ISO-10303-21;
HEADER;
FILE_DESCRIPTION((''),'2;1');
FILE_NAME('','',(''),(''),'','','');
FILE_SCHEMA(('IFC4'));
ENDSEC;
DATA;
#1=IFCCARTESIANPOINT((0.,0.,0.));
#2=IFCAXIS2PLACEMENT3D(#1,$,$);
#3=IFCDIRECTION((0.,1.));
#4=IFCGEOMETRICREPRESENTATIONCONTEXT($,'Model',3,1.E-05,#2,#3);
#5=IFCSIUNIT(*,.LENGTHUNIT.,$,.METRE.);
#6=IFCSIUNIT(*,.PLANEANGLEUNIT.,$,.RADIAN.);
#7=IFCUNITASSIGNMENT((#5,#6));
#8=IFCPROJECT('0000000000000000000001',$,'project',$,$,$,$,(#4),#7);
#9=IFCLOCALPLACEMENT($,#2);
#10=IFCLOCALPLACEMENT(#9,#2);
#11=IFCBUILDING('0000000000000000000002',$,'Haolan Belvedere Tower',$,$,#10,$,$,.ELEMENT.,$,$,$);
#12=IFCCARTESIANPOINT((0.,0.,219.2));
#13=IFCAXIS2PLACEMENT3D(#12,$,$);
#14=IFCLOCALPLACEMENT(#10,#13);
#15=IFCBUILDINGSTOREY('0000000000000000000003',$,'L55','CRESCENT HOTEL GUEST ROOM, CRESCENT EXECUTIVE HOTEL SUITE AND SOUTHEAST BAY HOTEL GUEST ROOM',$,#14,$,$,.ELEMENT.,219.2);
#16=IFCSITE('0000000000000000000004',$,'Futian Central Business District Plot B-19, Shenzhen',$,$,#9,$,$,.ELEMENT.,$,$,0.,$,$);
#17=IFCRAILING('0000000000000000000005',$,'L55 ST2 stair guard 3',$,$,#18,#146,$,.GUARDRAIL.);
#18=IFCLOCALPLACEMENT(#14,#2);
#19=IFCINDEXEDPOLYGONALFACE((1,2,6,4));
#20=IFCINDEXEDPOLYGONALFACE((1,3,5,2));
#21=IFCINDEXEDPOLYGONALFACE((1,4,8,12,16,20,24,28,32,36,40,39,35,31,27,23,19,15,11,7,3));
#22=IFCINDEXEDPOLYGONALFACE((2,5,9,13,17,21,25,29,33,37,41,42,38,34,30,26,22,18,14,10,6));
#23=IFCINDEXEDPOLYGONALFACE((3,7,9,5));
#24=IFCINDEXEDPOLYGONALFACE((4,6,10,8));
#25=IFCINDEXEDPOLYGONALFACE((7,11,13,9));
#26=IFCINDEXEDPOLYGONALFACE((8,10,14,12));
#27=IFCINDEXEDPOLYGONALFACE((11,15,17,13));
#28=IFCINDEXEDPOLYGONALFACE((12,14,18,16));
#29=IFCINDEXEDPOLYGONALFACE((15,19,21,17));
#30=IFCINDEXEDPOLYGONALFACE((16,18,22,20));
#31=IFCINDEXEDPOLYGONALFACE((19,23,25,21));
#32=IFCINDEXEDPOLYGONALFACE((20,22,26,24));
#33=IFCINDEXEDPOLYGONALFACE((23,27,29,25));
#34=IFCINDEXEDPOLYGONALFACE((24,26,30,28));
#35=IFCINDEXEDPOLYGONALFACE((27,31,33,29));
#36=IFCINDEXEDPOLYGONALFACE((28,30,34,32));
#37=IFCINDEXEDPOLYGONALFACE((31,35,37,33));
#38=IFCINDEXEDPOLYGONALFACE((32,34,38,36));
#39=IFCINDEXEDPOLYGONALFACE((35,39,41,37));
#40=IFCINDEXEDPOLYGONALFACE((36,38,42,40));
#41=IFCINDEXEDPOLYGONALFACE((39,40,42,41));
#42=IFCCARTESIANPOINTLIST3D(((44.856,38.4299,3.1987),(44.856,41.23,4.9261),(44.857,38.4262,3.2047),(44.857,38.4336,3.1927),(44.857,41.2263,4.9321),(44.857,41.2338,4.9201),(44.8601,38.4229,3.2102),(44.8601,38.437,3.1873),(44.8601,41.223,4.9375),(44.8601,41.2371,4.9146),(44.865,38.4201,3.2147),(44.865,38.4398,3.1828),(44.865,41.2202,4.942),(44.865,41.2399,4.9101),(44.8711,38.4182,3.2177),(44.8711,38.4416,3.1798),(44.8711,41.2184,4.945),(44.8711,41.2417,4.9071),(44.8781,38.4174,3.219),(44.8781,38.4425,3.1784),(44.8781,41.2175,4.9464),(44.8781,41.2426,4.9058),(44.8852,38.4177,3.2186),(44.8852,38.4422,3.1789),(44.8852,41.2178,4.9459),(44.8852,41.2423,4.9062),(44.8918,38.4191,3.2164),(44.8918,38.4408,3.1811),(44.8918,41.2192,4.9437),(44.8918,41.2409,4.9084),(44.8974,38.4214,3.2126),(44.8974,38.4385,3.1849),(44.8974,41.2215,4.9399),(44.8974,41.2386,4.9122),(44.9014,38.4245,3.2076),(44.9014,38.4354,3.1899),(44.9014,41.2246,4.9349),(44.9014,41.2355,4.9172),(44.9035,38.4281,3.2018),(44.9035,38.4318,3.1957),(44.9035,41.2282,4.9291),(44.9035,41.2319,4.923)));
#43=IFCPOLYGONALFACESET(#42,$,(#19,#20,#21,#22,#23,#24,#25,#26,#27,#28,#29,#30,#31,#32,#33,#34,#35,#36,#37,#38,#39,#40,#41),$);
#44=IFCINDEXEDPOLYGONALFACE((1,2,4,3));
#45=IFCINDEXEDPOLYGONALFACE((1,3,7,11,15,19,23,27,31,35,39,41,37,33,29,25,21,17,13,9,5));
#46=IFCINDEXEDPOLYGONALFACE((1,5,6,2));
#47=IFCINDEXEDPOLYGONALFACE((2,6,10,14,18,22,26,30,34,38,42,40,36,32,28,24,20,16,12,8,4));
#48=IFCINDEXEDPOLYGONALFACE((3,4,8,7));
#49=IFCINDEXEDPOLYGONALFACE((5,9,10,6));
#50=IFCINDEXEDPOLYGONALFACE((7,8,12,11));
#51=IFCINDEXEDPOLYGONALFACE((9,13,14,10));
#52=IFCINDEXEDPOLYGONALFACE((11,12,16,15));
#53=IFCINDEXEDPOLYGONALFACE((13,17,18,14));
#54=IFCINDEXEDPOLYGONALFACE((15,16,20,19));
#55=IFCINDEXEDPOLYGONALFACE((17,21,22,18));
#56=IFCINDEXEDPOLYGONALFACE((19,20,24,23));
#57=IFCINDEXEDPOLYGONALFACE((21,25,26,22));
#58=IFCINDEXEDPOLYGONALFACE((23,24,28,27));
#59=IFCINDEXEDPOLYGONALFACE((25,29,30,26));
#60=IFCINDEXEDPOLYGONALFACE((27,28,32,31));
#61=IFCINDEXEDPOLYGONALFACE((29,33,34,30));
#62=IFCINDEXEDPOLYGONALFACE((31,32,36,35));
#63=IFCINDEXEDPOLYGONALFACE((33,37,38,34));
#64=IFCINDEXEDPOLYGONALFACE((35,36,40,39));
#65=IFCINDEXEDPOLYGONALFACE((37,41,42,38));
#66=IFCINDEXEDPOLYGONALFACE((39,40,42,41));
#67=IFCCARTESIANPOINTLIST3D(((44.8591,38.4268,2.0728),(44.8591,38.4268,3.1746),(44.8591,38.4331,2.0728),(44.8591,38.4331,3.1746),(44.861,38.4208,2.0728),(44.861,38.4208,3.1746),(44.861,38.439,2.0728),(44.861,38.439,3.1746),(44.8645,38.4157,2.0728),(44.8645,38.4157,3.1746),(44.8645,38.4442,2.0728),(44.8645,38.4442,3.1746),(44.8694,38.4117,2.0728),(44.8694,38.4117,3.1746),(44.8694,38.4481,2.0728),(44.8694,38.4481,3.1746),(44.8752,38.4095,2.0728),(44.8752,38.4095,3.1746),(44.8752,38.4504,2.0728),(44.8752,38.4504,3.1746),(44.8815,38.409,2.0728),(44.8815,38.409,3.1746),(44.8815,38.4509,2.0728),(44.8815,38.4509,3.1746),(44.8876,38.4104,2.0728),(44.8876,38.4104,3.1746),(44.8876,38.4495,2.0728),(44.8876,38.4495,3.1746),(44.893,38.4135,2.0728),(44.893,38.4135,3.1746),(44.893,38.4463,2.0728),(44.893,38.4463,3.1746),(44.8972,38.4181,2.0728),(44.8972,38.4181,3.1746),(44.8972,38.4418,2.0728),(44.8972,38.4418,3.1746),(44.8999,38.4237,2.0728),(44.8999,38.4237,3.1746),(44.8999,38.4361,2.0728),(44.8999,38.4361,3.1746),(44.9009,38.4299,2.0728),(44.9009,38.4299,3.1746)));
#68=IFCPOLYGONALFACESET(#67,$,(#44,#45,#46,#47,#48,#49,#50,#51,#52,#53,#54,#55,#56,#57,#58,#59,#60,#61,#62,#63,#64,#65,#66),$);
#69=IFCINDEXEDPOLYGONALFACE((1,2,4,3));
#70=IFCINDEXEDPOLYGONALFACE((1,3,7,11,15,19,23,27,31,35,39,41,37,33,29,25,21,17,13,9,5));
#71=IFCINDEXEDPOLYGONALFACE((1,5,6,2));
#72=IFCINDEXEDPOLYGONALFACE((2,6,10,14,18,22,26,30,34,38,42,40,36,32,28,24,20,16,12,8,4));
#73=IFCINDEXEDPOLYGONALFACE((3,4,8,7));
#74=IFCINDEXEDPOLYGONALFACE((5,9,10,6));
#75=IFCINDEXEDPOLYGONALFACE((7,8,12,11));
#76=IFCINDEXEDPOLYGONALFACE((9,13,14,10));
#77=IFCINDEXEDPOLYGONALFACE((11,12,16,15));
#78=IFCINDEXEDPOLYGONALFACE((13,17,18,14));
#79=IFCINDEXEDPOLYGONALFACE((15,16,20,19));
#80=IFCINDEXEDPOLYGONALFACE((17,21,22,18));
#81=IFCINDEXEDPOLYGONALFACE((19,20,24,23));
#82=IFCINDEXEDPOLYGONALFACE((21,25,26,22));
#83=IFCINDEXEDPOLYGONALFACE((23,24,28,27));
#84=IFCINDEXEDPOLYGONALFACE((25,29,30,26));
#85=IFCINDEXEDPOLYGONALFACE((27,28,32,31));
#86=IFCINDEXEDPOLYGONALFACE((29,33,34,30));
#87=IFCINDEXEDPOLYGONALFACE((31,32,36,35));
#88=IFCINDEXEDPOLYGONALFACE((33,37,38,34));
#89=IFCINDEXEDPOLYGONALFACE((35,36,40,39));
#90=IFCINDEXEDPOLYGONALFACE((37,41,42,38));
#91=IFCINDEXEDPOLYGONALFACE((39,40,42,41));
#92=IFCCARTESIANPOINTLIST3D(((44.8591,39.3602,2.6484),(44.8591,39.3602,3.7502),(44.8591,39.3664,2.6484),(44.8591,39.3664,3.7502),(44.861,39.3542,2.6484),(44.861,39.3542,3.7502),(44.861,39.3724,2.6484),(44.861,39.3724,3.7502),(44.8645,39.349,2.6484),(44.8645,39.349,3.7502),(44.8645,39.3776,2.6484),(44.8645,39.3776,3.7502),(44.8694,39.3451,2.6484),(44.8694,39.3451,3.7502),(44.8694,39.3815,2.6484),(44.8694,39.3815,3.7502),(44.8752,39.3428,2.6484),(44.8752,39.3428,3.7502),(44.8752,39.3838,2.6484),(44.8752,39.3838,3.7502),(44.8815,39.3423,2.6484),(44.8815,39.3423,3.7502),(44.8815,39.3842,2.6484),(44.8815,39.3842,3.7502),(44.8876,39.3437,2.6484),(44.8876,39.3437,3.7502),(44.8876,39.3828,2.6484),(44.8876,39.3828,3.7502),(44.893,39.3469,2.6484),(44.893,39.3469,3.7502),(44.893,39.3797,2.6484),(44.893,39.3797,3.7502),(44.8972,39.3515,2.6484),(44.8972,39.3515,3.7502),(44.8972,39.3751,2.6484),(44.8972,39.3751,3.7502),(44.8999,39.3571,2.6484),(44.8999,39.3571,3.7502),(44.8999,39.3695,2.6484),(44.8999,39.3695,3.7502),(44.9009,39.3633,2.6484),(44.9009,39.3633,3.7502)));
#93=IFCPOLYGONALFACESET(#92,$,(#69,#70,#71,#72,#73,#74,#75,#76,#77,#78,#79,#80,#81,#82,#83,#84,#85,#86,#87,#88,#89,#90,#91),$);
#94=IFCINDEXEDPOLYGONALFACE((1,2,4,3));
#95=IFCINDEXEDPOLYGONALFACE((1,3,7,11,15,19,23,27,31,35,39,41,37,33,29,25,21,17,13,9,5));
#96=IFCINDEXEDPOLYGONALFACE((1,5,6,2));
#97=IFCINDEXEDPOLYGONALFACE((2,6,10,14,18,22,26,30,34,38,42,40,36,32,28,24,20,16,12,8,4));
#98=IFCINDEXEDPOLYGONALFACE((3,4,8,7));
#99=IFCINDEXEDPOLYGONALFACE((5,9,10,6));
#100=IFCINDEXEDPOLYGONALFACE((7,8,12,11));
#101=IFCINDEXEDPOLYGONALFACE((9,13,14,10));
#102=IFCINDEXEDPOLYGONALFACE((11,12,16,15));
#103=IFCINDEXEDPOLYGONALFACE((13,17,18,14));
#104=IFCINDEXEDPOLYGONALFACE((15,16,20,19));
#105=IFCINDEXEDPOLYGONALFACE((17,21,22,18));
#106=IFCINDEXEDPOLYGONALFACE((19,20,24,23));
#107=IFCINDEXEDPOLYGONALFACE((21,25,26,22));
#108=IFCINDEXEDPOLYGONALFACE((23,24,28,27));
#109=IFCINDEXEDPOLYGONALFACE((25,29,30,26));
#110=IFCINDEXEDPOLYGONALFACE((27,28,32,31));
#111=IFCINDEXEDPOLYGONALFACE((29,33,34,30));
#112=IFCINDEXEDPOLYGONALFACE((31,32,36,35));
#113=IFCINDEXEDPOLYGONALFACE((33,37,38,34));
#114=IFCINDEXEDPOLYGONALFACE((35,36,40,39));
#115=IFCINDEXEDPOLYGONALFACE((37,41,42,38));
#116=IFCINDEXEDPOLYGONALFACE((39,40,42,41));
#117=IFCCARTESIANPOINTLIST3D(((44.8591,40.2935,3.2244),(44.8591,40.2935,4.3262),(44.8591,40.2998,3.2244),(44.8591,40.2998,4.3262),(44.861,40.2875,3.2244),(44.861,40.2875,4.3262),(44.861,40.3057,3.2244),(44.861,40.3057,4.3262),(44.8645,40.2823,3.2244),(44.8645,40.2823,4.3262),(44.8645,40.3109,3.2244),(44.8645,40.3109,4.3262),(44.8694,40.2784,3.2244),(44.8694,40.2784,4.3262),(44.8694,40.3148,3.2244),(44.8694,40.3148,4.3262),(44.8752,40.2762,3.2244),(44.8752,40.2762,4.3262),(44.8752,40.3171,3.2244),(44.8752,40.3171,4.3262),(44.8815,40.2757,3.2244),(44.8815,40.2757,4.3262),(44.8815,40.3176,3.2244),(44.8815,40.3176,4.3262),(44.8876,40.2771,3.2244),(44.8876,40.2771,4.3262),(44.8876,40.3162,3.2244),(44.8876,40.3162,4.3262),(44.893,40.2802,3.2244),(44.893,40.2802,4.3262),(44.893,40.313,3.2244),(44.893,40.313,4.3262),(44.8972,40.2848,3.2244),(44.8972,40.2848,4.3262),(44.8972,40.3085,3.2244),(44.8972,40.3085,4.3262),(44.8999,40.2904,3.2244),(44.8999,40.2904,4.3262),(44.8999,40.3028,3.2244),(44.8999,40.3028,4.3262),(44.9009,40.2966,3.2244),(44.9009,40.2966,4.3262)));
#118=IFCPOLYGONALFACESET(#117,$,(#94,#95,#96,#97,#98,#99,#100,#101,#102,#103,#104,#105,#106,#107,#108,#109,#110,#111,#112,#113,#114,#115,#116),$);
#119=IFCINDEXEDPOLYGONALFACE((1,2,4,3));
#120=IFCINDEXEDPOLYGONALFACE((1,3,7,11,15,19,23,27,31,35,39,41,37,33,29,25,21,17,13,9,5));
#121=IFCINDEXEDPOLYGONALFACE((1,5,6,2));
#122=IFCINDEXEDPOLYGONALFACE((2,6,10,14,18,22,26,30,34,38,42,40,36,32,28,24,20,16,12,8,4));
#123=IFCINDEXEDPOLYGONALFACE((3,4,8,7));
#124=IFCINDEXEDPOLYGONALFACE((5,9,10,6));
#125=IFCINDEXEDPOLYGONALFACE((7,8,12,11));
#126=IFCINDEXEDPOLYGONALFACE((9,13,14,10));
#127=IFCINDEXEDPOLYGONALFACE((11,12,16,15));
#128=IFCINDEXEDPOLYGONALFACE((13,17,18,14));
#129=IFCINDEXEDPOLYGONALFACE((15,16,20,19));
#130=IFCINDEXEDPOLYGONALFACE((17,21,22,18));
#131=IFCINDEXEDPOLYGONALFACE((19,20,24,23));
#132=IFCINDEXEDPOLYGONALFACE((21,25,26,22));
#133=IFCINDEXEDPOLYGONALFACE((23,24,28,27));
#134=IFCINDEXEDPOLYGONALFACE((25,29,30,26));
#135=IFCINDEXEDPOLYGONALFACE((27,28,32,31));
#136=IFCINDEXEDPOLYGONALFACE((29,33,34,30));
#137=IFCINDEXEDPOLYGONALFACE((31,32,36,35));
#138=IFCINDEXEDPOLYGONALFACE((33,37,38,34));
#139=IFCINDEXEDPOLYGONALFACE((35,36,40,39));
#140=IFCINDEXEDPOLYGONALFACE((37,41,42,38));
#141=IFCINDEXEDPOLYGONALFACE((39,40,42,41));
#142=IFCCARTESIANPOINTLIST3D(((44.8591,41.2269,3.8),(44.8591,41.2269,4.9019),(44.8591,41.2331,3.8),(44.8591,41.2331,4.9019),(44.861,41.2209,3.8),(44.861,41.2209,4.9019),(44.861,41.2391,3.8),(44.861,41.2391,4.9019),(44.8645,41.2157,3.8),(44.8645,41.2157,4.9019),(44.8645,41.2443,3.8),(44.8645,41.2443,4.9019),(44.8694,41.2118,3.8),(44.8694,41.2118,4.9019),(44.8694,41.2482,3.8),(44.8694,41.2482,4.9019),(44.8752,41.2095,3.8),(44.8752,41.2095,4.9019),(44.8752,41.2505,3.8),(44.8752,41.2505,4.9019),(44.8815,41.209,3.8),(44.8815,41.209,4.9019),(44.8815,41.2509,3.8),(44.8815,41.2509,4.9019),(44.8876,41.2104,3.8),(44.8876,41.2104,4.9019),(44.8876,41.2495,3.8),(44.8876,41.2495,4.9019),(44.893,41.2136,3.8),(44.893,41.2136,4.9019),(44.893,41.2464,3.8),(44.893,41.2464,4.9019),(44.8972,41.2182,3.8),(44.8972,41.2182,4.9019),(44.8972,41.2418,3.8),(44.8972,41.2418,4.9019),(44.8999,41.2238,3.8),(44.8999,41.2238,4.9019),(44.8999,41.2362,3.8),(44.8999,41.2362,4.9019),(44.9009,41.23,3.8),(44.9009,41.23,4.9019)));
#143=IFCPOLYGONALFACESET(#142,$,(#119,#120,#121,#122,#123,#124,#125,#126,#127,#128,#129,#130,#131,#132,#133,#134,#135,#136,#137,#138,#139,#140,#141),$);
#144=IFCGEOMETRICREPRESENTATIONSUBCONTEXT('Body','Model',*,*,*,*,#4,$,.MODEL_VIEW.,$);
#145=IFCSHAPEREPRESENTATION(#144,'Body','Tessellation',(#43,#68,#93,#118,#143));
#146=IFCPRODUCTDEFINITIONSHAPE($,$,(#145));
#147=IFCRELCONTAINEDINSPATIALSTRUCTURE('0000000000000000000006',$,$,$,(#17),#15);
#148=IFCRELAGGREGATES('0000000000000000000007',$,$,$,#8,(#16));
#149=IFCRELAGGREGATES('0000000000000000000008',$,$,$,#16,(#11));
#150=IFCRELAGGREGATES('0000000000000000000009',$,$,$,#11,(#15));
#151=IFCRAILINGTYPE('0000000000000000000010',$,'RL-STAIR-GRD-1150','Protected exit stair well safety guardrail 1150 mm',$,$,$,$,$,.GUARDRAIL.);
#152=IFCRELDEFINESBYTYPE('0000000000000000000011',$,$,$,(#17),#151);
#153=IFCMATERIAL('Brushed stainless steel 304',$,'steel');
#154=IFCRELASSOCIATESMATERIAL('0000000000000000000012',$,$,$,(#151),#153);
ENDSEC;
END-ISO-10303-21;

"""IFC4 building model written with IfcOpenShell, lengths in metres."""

from ifc_helpers import new_model, si_unit, direction, frame, origin, origin_2d, place, context, subcontext, project, spatial, circle, extrude, material, type_object, element, save


model = new_model("IFC4")

# Units and contexts
model_context = context("Model", 3, precision=1e-05, world=origin(), true_north=direction((0.0, 1.0)))
body_context = subcontext(model_context, "Body", "Model", "MODEL_VIEW")
ifc_project = project(units=[si_unit("LENGTHUNIT", "METRE"), si_unit("PLANEANGLEUNIT", "RADIAN")], contexts=[model_context])

# Site, building, storey
site_placement = place(None, origin())
site = spatial("IfcSite", under=ifc_project, at=site_placement, Name="Futian Central Business District Plot B-19, Shenzhen", CompositionType="ELEMENT", RefElevation=0.0)
building_placement = place(site_placement, origin())
building = spatial("IfcBuilding", under=site, at=building_placement, Name="Haolan Belvedere Tower", CompositionType="ELEMENT")
storey_placement = place(building_placement, frame((0.0, 0.0, 219.2)))
storey = spatial("IfcBuildingStorey", under=building, at=storey_placement, Name="L55", Description="CRESCENT HOTEL GUEST ROOM, CRESCENT EXECUTIVE HOTEL SUITE AND SOUTHEAST BAY HOTEL GUEST ROOM", CompositionType="ELEMENT", Elevation=219.2)

# Railing
ifc_material_1 = material(Name="Brushed stainless steel 304", Category="steel")
railing_type_1 = type_object("IfcRailingType", Name="RL-STAIR-GRD-1150", Description="Protected exit stair well safety guardrail 1150 mm", PredefinedType="GUARDRAIL", material=ifc_material_1)
railing_1_placement = place(storey_placement, frame((44.8799, 38.4299, 2.0728)))
element("IfcRailing", 1, at=railing_1_placement, inside=storey, type_object=railing_type_1, Name="L55 ST2 stair guard 3", PredefinedType="GUARDRAIL", context=body_context, shape_type="SweptSolid", body=[
    extrude(circle(Radius=0.0239, at=origin_2d()), frame((0.0, 0.0, 1.126), z_axis=(0.0, 0.85109, 0.52502), x_axis=(-1.0, 0.0, 0.0)), (0.0, 0.0, 1.0), 3.29),
    extrude(circle(Radius=0.021, at=origin_2d()), origin(), (0.0, 0.0, 1.0), 1.1018),
    extrude(circle(Radius=0.021, at=origin_2d()), frame((0.0, 0.9333, 0.5757)), (0.0, 0.0, 1.0), 1.1018),
    extrude(circle(Radius=0.021, at=origin_2d()), frame((0.0, 1.8667, 1.1516)), (0.0, 0.0, 1.0), 1.1018),
    extrude(circle(Radius=0.021, at=origin_2d()), frame((0.0, 2.8, 1.7273)), (0.0, 0.0, 1.0), 1.1018),
])

save(model, "model.ifc")
